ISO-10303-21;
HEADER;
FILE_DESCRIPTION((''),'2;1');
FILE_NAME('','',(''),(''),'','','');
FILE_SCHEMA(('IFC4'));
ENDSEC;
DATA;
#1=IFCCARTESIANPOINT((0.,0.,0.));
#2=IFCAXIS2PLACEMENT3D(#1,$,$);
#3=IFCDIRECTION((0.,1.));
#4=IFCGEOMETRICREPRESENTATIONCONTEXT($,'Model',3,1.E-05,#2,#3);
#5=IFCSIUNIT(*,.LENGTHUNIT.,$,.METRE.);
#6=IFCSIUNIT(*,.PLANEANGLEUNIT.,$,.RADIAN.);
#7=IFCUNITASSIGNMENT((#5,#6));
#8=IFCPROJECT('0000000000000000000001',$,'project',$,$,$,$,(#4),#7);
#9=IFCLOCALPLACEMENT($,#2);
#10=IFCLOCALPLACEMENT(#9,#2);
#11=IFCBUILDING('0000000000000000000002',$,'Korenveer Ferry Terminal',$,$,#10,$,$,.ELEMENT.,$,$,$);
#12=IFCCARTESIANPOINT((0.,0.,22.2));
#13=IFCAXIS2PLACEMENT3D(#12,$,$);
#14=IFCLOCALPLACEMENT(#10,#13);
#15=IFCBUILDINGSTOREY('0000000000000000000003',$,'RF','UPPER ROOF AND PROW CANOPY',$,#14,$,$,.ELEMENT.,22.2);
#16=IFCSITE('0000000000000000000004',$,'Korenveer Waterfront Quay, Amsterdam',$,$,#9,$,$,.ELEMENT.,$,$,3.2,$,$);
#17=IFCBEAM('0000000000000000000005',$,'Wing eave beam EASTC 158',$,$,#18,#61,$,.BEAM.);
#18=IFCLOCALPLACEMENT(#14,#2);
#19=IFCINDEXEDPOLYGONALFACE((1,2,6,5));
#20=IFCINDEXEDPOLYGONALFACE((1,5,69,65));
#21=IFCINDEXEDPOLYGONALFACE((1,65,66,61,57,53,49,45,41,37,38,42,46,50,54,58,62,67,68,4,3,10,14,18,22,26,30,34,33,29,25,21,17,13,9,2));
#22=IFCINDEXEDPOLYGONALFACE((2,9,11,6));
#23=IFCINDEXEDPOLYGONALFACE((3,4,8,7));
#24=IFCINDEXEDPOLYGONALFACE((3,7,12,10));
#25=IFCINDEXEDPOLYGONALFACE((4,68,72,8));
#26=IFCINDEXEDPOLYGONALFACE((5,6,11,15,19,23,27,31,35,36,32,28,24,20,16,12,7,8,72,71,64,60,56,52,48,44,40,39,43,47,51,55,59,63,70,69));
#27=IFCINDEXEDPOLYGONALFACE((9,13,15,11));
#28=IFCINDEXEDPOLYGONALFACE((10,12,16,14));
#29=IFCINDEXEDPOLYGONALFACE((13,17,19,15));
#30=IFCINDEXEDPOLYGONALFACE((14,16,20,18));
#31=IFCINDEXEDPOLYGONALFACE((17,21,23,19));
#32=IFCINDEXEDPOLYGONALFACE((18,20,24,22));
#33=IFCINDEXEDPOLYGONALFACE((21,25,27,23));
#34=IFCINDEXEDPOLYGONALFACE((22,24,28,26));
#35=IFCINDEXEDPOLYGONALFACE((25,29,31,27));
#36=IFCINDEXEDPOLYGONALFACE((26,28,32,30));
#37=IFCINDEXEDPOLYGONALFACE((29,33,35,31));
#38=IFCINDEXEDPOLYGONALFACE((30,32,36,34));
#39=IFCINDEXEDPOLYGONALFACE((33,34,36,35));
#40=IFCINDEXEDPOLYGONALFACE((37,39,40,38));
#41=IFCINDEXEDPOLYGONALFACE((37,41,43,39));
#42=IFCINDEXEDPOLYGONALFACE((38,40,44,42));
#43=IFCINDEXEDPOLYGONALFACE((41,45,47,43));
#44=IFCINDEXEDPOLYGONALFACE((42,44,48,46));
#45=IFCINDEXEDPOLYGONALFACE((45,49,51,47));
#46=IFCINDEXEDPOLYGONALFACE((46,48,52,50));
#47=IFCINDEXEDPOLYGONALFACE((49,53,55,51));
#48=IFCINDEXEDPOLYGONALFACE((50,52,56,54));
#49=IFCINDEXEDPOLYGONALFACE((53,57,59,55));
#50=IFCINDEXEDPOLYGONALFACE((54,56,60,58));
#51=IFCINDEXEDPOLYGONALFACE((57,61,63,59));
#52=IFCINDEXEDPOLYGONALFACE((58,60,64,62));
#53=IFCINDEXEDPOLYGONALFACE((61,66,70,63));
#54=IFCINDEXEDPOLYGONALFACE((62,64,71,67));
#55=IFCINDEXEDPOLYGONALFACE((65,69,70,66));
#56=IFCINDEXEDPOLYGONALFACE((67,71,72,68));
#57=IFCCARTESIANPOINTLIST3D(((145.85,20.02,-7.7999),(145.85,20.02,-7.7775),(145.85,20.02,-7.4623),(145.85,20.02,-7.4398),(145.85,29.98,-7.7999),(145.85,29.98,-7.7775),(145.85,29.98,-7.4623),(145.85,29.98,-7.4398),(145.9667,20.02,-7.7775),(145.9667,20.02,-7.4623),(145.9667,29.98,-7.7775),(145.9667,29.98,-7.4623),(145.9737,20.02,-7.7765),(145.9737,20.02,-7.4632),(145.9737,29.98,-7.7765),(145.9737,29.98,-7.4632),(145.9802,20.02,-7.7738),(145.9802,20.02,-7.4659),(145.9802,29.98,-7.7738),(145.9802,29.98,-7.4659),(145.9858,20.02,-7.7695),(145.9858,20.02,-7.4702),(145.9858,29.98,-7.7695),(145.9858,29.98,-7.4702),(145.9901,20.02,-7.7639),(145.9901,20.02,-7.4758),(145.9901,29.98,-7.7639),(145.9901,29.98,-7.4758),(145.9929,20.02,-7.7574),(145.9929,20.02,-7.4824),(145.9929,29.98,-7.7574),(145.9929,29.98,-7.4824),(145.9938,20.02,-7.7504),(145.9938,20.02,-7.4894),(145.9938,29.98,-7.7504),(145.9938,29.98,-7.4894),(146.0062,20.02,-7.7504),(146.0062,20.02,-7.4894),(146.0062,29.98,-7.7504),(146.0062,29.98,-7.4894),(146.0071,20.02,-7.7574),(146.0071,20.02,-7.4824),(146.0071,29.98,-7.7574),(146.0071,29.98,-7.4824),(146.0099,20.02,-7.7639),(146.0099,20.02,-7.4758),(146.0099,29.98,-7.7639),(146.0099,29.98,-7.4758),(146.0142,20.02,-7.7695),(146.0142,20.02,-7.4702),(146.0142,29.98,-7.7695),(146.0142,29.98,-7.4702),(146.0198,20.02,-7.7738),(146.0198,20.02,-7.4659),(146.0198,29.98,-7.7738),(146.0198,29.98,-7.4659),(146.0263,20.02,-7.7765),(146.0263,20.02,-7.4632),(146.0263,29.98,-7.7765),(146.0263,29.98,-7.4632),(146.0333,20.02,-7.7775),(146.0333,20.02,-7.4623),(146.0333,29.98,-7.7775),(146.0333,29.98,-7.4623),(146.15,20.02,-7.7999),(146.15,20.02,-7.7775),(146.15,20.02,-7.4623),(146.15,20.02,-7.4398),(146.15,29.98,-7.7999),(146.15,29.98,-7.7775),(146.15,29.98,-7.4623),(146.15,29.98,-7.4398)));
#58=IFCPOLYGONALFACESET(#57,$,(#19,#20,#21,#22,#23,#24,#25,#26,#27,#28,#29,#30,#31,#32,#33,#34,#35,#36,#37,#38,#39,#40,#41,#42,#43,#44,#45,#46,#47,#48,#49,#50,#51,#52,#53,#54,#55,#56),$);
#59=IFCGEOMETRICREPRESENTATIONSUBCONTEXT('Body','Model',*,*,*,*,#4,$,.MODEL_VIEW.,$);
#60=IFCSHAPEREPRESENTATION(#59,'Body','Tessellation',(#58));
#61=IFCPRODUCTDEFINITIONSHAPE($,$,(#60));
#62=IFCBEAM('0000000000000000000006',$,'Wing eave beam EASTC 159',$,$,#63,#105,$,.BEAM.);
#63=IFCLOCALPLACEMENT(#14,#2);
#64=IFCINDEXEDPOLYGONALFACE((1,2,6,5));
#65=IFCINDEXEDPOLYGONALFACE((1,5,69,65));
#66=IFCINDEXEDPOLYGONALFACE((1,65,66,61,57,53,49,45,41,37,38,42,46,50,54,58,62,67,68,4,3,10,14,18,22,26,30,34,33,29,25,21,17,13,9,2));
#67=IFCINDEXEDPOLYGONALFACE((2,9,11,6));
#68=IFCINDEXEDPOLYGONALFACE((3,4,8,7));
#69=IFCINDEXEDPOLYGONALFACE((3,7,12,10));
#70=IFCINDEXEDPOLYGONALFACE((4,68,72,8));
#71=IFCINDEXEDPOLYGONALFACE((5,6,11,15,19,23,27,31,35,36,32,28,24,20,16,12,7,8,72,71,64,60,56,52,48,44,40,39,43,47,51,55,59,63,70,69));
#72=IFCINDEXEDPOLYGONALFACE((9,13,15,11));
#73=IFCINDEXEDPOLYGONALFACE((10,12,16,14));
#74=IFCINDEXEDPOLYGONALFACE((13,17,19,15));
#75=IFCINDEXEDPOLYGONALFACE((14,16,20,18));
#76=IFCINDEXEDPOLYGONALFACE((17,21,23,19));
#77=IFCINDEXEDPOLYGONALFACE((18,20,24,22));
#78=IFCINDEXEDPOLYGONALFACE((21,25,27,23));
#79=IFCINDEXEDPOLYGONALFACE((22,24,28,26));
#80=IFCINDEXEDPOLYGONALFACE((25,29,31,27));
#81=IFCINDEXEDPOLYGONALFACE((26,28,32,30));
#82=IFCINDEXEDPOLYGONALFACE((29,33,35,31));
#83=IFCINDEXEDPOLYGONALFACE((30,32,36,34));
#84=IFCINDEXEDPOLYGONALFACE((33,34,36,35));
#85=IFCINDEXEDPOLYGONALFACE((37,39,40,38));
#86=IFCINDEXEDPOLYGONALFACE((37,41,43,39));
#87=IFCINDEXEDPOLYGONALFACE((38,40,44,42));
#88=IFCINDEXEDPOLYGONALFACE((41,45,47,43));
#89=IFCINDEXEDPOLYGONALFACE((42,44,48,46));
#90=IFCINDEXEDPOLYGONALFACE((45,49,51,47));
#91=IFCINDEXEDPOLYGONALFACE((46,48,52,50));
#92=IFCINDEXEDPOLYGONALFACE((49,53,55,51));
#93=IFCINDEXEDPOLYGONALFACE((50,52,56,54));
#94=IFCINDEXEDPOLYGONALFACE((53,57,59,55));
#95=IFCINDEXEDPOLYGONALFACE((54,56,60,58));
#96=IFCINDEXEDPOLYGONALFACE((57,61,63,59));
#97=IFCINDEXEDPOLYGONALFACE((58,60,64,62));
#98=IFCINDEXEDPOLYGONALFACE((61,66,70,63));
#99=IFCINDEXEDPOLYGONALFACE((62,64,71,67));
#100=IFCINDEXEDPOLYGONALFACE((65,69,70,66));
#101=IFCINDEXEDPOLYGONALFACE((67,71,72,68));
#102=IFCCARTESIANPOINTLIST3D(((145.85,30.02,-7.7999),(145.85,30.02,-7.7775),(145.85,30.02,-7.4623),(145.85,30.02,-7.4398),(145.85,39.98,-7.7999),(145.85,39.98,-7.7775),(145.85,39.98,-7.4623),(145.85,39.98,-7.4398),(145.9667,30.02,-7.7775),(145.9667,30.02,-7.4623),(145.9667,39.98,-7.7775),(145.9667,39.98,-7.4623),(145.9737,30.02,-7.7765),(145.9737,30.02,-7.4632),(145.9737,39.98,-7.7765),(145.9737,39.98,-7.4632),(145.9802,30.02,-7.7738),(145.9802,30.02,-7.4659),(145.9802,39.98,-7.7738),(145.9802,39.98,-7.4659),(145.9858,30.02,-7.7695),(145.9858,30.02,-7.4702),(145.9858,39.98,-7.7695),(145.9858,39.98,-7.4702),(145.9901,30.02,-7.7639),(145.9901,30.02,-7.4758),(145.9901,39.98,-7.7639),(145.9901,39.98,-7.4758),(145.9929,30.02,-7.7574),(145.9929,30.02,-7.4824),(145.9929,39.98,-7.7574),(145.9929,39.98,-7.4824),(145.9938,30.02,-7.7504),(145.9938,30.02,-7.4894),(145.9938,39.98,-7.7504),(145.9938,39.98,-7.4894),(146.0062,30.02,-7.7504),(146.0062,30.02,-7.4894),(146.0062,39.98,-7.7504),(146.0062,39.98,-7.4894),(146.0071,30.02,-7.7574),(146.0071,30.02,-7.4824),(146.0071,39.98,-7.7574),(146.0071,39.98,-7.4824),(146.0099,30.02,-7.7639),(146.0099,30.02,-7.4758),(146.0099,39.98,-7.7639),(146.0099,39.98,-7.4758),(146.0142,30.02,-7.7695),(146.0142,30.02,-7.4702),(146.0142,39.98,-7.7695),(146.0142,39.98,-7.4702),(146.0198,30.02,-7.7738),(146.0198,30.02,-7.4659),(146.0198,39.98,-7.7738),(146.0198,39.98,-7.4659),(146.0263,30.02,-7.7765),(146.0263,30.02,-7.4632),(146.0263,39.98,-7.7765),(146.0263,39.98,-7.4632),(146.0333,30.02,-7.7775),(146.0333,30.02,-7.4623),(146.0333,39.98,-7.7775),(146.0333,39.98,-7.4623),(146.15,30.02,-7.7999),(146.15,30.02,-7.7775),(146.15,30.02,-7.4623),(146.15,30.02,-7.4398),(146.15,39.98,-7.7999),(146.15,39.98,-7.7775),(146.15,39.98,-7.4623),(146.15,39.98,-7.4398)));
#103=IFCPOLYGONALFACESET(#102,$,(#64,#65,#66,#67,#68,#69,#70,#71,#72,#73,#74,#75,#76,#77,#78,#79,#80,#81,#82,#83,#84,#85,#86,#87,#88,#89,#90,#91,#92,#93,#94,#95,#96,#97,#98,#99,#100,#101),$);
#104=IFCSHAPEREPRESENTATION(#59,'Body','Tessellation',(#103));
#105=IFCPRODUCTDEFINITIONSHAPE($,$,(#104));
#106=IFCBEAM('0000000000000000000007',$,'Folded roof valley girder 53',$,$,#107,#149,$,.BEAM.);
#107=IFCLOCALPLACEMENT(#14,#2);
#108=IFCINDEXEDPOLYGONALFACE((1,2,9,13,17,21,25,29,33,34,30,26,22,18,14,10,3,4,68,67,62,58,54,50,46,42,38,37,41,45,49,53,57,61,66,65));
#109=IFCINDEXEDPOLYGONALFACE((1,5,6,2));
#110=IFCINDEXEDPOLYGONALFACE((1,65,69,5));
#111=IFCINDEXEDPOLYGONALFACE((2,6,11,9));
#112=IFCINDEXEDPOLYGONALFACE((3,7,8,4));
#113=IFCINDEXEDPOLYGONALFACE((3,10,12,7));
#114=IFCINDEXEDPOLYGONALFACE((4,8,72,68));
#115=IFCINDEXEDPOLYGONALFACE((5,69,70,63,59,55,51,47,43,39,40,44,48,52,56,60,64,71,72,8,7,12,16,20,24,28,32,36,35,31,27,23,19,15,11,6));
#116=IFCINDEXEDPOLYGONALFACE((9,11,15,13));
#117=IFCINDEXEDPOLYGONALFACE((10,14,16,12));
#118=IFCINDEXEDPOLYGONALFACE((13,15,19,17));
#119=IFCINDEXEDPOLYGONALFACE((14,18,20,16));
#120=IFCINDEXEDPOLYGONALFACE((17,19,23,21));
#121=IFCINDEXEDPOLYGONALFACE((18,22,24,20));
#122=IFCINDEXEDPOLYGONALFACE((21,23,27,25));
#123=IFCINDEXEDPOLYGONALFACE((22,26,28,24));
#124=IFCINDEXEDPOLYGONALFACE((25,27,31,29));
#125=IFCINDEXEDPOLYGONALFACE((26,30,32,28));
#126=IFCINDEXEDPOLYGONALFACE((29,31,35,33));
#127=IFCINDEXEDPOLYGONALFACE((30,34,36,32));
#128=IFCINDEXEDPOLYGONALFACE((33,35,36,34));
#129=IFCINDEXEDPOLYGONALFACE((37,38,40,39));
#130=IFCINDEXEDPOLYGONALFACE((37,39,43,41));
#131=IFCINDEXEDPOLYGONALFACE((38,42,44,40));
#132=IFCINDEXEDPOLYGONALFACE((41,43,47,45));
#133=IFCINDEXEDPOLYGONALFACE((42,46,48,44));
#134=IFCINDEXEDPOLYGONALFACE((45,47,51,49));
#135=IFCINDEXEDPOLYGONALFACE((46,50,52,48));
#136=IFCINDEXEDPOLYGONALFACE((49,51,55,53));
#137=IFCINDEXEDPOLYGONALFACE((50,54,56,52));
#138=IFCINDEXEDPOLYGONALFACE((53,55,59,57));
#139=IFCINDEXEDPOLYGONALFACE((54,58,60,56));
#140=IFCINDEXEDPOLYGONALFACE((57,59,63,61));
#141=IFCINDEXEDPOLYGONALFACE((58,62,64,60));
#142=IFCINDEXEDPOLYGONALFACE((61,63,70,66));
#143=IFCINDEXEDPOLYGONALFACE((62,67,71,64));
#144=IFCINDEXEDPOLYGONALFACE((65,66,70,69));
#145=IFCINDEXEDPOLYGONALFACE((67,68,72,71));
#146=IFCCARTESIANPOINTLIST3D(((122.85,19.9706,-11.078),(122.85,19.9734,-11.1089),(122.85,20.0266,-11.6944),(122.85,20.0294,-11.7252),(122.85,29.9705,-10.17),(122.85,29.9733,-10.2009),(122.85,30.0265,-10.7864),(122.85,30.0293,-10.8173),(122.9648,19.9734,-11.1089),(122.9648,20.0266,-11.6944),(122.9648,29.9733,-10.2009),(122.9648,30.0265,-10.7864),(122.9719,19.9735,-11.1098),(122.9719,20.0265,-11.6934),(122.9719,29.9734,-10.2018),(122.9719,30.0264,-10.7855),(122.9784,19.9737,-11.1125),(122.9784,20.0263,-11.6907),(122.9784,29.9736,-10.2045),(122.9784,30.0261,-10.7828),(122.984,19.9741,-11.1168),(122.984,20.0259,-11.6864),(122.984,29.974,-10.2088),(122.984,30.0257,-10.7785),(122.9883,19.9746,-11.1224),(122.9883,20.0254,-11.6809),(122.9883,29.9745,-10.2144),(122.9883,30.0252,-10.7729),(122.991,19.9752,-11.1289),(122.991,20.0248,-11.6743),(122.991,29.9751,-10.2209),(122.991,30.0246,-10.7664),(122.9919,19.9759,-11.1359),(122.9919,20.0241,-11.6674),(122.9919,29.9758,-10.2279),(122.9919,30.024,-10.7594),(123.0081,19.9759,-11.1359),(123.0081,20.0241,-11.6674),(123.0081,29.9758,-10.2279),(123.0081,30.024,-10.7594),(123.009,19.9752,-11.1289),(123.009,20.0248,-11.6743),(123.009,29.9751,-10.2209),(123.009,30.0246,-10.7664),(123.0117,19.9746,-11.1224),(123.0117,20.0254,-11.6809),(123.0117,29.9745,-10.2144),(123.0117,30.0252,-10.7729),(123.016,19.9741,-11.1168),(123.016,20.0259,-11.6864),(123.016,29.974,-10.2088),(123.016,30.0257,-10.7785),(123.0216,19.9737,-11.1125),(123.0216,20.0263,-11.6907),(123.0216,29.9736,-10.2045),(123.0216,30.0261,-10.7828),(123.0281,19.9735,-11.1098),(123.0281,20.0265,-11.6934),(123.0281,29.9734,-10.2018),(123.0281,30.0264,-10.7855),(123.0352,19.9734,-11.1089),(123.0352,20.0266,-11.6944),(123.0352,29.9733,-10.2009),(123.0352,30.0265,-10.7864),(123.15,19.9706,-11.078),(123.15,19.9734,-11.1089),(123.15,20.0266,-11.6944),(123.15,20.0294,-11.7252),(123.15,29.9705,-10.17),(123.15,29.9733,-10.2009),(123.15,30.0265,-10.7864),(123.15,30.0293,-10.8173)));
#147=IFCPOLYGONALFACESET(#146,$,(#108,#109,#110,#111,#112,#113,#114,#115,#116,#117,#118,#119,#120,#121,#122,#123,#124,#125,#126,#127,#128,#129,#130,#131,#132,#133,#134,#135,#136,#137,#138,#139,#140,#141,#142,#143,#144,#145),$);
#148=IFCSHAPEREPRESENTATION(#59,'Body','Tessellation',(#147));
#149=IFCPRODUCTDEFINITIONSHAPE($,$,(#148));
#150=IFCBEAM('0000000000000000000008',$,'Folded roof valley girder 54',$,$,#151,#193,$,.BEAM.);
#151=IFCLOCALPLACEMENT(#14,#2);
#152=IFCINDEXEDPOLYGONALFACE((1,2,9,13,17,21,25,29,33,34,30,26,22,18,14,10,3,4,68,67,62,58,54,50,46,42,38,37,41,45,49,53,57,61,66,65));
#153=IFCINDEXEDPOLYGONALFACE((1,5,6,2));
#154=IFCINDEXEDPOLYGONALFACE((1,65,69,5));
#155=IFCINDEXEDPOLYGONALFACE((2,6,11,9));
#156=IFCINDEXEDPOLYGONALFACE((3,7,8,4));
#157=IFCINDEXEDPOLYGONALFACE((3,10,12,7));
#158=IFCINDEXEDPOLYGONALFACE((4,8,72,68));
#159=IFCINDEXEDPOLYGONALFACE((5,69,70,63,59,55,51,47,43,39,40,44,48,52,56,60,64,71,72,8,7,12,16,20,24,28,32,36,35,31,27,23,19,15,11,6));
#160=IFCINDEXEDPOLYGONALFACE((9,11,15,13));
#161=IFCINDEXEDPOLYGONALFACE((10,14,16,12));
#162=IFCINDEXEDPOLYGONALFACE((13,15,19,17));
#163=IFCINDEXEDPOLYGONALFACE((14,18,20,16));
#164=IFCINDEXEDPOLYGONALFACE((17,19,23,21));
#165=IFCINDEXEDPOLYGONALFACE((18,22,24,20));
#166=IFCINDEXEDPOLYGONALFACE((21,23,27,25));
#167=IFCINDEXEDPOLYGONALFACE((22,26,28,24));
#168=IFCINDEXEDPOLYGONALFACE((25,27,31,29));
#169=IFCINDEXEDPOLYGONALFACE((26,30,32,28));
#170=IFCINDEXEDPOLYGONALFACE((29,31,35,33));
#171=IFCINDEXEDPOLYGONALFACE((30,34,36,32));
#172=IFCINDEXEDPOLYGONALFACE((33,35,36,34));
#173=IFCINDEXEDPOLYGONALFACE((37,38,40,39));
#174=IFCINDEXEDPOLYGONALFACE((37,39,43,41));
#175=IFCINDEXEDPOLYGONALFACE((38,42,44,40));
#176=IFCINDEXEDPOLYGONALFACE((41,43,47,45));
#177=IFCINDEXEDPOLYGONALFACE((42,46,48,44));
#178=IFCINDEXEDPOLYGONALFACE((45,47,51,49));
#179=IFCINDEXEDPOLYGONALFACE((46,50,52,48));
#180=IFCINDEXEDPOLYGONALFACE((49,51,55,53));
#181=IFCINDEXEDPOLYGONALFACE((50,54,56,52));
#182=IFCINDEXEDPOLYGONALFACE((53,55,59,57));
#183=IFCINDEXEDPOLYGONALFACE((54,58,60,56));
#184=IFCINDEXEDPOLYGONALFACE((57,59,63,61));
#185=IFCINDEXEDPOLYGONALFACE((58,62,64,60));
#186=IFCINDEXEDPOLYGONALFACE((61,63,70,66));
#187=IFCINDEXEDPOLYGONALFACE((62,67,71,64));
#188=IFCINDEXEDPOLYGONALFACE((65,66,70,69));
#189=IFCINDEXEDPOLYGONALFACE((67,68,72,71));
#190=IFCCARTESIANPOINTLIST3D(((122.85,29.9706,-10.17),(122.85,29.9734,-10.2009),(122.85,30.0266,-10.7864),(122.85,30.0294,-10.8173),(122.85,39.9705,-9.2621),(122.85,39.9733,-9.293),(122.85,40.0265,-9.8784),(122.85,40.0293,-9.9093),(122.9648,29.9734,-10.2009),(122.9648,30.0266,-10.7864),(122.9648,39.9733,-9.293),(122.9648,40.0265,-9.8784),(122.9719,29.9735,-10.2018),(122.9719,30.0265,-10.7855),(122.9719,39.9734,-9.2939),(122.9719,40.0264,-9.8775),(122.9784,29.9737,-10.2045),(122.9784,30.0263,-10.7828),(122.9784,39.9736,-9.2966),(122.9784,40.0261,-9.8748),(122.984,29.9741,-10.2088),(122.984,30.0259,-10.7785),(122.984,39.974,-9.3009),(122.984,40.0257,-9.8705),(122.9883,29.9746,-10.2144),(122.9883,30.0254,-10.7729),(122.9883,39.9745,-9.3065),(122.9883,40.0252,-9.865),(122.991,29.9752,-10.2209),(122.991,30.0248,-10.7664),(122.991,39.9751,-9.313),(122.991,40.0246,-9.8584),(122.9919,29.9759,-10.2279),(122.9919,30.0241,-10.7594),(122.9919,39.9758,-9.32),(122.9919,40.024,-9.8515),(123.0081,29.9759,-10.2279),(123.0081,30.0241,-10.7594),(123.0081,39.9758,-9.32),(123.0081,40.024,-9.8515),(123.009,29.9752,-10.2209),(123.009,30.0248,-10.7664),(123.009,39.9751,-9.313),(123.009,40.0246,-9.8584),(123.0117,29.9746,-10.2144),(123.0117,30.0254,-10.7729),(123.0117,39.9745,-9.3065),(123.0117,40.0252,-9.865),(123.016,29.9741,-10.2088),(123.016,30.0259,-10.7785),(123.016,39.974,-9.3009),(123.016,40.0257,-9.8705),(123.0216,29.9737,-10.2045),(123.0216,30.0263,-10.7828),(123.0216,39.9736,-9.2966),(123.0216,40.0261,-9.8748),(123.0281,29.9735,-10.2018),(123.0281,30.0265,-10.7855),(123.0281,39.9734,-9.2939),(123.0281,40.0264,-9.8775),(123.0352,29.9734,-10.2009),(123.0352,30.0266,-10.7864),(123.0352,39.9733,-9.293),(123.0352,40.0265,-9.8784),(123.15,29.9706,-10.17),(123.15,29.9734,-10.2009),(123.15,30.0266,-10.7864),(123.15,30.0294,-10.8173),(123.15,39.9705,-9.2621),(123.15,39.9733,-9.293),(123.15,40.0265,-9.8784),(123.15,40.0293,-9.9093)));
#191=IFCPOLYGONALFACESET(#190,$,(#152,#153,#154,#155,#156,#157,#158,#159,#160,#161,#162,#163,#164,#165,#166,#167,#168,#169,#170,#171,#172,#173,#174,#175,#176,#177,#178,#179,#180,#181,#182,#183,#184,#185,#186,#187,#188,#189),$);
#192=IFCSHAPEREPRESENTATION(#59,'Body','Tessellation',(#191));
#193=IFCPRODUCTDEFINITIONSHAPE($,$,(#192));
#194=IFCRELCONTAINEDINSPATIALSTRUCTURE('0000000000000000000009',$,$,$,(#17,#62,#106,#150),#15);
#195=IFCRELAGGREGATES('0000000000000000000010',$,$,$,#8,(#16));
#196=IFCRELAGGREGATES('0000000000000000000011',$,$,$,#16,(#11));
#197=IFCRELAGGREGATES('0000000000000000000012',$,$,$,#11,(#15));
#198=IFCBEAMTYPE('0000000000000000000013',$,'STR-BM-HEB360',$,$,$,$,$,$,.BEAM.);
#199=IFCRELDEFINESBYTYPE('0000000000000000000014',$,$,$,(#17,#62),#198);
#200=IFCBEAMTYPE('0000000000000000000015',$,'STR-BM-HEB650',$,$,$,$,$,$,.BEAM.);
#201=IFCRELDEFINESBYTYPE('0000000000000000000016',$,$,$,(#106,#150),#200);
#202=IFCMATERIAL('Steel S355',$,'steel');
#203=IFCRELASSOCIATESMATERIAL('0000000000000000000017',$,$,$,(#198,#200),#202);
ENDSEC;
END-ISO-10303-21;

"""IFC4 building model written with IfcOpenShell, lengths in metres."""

from ifc_helpers import new_model, si_unit, direction, frame, origin, origin_2d, place, context, subcontext, project, spatial, i_section, extrude, material, material_profile, profile_set, type_object, element, save


model = new_model("IFC4")

# Units and contexts
model_context = context("Model", 3, precision=1e-05, world=origin(), true_north=direction((0.0, 1.0)))
body_context = subcontext(model_context, "Body", "Model", "MODEL_VIEW")
ifc_project = project(units=[si_unit("LENGTHUNIT", "METRE"), si_unit("PLANEANGLEUNIT", "RADIAN")], contexts=[model_context])

# Site, building, storey
site_placement = place(None, origin())
site = spatial("IfcSite", under=ifc_project, at=site_placement, Name="Korenveer Waterfront Quay, Amsterdam", CompositionType="ELEMENT", RefElevation=3.2)
building_placement = place(site_placement, origin())
building = spatial("IfcBuilding", under=site, at=building_placement, Name="Korenveer Ferry Terminal", CompositionType="ELEMENT")
storey_placement = place(building_placement, frame((0.0, 0.0, 22.2)))
storey = spatial("IfcBuildingStorey", under=building, at=storey_placement, Name="RF", Description="UPPER ROOF AND PROW CANOPY", CompositionType="ELEMENT", Elevation=22.2)

# Beams
ifc_material_1 = material(Name="Steel S355", Category="steel")
ifc_material_profile_1 = material_profile(ifc_material_1, i_section(OverallWidth=0.3, OverallDepth=0.3601, WebThickness=0.0125, FlangeThickness=0.0225, FilletRadius=0.0271, at=origin_2d()), Name="HEB 360")
ifc_profile_set_1 = profile_set([ifc_material_profile_1], Name="Steel S355")
beam_type_1 = type_object("IfcBeamType", Name="STR-BM-HEB360", PredefinedType="BEAM", material=ifc_profile_set_1)
for number, where, z_axis, x_axis, name in (
    (1, (146.0, 20.02, -7.6199), (0.0, 1.0, 0.0), (-1.0, 0.0, 0.0), "Wing eave beam EASTC 158"),
    (2, (146.0, 30.02, -7.6199), (0.0, 1.0, 0.0), (-1.0, 0.0, 0.0), "Wing eave beam EASTC 159"),
):
    element("IfcBeam", number, at=place(storey_placement, frame(where, z_axis=z_axis, x_axis=x_axis)), inside=storey, type_object=beam_type_1, Name=name, PredefinedType="BEAM", context=body_context, shape_type="SweptSolid", body=[
        extrude(i_section(OverallWidth=0.3, OverallDepth=0.3601, WebThickness=0.0125, FlangeThickness=0.0225, FilletRadius=0.0271, at=origin_2d()), origin(), (0.0, 0.0, 1.0), 9.96),
    ])
ifc_material_profile_2 = material_profile(ifc_material_1, i_section(OverallWidth=0.3, OverallDepth=0.6499, WebThickness=0.0161, FlangeThickness=0.031, FilletRadius=0.0271, at=origin_2d()), Name="HEB 650")
ifc_profile_set_2 = profile_set([ifc_material_profile_2], Name="Steel S355")
beam_type_2 = type_object("IfcBeamType", Name="STR-BM-HEB650", PredefinedType="BEAM", material=ifc_profile_set_2)
for number, where, z_axis, x_axis, name in (
    (3, (123.0, 20.0, -11.4016), (0.0, 0.995903, 0.090424), (-1.0, 0.0, 0.0), "Folded roof valley girder 53"),
    (4, (123.0, 30.0, -10.4937), (0.0, 0.995903, 0.090424), (-1.0, 0.0, 0.0), "Folded roof valley girder 54"),
):
    element("IfcBeam", number, at=place(storey_placement, frame(where, z_axis=z_axis, x_axis=x_axis)), inside=storey, type_object=beam_type_2, Name=name, PredefinedType="BEAM", context=body_context, shape_type="SweptSolid", body=[
        extrude(i_section(OverallWidth=0.3, OverallDepth=0.6499, WebThickness=0.0161, FlangeThickness=0.031, FilletRadius=0.0271, at=origin_2d()), origin(), (0.0, 0.0, 1.0), 10.041),
    ])

save(model, "model.ifc")
